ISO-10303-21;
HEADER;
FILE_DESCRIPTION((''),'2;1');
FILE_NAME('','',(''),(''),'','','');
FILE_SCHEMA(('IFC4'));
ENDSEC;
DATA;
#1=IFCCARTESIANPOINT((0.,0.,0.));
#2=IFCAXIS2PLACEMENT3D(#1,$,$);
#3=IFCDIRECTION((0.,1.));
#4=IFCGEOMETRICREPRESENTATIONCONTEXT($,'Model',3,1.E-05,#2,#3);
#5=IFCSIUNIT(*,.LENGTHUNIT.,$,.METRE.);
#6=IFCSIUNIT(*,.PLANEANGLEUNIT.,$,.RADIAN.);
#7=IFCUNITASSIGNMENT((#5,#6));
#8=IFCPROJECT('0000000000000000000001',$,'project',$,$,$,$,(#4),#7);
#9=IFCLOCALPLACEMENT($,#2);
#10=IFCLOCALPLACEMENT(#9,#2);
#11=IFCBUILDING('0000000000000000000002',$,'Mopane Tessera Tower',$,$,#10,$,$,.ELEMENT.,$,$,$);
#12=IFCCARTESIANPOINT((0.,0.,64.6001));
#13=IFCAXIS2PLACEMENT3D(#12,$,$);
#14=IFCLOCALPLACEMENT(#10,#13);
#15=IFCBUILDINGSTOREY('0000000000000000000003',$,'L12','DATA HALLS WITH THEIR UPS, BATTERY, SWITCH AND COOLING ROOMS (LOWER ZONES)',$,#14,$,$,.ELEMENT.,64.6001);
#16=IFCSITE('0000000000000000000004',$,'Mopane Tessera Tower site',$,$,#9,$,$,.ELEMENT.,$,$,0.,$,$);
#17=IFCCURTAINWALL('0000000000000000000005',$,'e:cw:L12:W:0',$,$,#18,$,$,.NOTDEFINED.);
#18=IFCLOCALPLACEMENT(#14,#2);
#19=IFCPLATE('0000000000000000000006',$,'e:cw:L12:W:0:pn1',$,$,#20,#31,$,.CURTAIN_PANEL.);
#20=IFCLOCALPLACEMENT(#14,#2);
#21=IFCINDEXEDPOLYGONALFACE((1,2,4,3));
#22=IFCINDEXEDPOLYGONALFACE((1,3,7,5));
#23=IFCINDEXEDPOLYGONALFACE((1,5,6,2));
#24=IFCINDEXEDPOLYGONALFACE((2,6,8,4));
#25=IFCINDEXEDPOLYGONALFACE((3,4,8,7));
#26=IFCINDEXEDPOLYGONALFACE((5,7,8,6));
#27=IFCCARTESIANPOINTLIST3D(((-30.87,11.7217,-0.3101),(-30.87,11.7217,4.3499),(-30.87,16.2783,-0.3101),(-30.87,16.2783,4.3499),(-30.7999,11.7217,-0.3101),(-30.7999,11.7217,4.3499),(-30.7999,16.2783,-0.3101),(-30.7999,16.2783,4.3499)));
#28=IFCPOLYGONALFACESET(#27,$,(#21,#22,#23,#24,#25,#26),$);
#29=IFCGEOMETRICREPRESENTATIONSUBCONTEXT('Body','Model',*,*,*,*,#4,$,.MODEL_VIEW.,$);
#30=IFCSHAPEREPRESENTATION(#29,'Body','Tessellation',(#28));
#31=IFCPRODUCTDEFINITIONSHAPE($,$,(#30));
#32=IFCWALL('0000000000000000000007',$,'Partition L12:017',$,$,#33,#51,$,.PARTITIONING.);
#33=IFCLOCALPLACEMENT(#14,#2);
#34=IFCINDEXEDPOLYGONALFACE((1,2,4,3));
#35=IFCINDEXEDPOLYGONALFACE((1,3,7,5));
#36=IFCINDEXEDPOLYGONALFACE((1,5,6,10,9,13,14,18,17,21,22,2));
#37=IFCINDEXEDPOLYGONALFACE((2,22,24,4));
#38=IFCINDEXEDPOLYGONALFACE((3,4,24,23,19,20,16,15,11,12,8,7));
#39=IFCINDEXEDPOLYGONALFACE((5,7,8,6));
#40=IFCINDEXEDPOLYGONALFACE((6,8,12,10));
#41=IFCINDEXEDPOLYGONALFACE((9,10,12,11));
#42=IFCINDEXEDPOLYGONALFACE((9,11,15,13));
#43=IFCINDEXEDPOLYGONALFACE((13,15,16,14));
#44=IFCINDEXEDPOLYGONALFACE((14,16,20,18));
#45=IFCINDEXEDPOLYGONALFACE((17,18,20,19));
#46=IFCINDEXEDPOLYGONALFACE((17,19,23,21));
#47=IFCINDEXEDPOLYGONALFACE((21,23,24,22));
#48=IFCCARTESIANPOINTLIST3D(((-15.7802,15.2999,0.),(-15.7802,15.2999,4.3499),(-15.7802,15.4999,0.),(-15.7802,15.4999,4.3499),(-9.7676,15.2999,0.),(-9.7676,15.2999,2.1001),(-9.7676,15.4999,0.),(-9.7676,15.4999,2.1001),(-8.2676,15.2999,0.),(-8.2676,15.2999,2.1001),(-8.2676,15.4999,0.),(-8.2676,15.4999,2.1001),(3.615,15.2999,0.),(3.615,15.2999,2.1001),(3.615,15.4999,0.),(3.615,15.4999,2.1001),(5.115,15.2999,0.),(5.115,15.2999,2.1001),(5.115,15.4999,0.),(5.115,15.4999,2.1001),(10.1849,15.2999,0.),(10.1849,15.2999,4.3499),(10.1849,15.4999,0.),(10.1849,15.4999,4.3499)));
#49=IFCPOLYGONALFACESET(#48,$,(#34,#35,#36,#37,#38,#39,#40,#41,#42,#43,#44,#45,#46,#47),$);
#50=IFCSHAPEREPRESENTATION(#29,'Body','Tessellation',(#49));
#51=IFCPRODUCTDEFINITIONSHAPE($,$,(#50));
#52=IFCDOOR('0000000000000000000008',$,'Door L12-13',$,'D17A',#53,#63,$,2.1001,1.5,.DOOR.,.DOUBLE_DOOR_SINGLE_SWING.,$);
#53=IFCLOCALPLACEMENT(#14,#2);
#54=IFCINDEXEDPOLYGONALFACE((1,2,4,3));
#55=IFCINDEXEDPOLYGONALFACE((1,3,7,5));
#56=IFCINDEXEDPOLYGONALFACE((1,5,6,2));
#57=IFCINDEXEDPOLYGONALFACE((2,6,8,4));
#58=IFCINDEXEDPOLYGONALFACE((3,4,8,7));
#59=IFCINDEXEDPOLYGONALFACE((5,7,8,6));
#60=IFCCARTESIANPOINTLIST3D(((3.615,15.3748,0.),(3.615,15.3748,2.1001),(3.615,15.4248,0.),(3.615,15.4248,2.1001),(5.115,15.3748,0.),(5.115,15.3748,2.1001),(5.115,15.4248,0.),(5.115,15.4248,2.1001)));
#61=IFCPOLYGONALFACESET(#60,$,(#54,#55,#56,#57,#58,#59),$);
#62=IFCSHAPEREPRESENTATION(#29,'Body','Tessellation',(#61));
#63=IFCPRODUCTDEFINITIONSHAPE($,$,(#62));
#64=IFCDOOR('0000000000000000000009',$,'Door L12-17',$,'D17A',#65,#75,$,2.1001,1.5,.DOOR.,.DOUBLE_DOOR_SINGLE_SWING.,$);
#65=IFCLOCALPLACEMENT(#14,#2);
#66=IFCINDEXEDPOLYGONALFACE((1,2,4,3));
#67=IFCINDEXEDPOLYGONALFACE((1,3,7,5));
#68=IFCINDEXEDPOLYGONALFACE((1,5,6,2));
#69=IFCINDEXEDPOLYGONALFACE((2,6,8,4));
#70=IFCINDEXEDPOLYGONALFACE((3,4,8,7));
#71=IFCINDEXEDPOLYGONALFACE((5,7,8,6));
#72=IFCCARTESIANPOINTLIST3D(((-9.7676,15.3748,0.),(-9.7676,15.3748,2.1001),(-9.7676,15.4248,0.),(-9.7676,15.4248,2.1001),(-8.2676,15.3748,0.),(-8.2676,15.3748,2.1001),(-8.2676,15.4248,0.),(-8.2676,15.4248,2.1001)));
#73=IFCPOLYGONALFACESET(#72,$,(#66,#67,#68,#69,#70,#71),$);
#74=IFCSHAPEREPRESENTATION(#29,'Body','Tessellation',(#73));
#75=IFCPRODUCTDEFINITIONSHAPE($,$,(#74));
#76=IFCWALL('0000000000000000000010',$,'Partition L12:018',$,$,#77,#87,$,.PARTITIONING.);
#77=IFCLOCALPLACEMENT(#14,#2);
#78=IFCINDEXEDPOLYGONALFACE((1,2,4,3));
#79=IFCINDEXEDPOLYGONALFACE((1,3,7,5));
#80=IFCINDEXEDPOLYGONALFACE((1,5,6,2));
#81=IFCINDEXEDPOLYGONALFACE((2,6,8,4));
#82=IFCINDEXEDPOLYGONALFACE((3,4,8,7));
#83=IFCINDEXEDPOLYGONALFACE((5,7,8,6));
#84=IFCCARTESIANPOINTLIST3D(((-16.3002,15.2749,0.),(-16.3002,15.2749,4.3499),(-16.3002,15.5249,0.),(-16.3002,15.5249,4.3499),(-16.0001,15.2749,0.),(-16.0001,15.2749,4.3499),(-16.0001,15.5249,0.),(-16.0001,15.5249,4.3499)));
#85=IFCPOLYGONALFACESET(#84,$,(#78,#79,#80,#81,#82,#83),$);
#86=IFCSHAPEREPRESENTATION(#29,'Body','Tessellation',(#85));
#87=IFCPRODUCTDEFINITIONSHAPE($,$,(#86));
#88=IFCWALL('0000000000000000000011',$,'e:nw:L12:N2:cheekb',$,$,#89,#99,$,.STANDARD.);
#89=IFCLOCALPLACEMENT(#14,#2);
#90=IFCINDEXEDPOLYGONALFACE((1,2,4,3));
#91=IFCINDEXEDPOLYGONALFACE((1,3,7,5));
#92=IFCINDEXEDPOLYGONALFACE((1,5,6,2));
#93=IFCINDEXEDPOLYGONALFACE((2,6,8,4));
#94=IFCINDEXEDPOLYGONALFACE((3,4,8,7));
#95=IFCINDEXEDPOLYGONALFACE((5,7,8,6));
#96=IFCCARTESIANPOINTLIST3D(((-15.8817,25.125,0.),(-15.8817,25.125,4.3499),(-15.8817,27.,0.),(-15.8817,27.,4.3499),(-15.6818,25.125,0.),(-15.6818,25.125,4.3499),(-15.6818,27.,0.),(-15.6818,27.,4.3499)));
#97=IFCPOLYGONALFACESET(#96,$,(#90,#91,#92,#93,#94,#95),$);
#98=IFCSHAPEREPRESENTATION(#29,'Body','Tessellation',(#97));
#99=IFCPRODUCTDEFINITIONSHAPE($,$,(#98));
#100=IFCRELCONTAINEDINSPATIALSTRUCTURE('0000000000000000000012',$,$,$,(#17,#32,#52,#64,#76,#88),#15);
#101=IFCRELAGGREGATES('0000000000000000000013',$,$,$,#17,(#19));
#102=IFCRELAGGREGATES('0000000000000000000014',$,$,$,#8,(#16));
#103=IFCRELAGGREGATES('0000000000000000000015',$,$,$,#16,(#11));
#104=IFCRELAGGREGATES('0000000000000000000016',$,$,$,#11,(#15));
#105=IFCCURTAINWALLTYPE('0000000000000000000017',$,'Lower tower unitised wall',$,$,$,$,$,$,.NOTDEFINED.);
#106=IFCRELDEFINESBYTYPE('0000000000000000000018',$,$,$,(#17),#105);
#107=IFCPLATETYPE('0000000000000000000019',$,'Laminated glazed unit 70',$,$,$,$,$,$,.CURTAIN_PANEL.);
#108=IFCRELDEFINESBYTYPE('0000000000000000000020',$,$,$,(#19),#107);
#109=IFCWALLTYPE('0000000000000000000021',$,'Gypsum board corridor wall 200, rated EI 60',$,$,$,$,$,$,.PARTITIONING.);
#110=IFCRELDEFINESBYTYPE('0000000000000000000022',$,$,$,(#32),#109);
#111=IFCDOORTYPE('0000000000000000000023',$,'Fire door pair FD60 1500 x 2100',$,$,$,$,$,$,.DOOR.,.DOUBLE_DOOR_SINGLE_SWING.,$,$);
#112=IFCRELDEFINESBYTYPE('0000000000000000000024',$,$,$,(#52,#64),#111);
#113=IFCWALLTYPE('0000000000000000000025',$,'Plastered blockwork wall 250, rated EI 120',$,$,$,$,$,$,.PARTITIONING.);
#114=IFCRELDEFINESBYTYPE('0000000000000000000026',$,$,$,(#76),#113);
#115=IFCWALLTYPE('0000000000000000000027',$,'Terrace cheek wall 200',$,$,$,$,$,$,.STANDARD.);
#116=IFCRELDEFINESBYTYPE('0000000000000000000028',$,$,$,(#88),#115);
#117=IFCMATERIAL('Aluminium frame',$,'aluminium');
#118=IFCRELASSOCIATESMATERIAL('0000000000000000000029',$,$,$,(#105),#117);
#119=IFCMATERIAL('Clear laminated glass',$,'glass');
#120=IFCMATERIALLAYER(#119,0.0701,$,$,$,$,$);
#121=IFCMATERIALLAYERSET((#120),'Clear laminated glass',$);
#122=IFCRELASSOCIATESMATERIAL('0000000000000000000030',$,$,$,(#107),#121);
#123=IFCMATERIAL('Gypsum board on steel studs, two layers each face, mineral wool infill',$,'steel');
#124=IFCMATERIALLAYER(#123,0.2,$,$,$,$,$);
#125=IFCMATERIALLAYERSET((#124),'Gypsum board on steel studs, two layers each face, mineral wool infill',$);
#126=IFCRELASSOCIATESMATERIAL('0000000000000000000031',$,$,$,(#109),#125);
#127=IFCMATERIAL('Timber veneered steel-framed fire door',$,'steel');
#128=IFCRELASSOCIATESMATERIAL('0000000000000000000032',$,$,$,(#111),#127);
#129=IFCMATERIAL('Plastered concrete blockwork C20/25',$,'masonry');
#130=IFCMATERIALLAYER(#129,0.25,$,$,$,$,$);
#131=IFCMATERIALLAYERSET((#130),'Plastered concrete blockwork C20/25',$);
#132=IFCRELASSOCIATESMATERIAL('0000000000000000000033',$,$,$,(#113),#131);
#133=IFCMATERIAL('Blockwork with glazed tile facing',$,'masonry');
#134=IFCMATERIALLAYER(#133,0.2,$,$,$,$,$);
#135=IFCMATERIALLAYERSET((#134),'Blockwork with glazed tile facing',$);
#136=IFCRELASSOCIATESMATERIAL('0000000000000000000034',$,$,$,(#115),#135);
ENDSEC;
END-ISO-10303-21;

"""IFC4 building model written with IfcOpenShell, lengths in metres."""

from ifc_helpers import new_model, si_unit, direction, frame, frame_2d, origin, origin_2d, place, context, subcontext, project, spatial, rectangle, extrude, material, layer, layer_set, type_object, element, fill, aggregate, save


model = new_model("IFC4")

# Units and contexts
model_context = context("Model", 3, precision=1e-05, world=origin(), true_north=direction((0.0, 1.0)))
body_context = subcontext(model_context, "Body", "Model", "MODEL_VIEW")
ifc_project = project(units=[si_unit("LENGTHUNIT", "METRE"), si_unit("PLANEANGLEUNIT", "RADIAN")], contexts=[model_context])

# Site, building, storey
site_placement = place(None, origin())
site = spatial("IfcSite", under=ifc_project, at=site_placement, Name="Mopane Tessera Tower site", CompositionType="ELEMENT", RefElevation=0.0)
building_placement = place(site_placement, origin())
building = spatial("IfcBuilding", under=site, at=building_placement, Name="Mopane Tessera Tower", CompositionType="ELEMENT")
storey_placement = place(building_placement, frame((0.0, 0.0, 64.6001)))
storey = spatial("IfcBuildingStorey", under=building, at=storey_placement, Name="L12", Description="DATA HALLS WITH THEIR UPS, BATTERY, SWITCH AND COOLING ROOMS (LOWER ZONES)", CompositionType="ELEMENT", Elevation=64.6001)

# Curtain wall
ifc_material_1 = material(Name="Aluminium frame", Category="aluminium")
curtain_wall_type = type_object("IfcCurtainWallType", Name="Lower tower unitised wall", PredefinedType="NOTDEFINED", material=ifc_material_1)
curtain_wall_1_placement = place(storey_placement, origin())
curtain_wall_1 = element("IfcCurtainWall", 1, at=curtain_wall_1_placement, inside=storey, type_object=curtain_wall_type, Name="e:cw:L12:W:0", PredefinedType="NOTDEFINED")

# Plate
ifc_material_2 = material(Name="Clear laminated glass", Category="glass")
ifc_layer_1 = layer(ifc_material_2, 0.0701)
ifc_layer_set_1 = layer_set([ifc_layer_1], Name="Clear laminated glass")
plate_type = type_object("IfcPlateType", Name="Laminated glazed unit 70", PredefinedType="CURTAIN_PANEL", material=ifc_layer_set_1)
plate_1_placement = place(storey_placement, frame((-30.835, 14.0, -0.3101), z_axis=(0.0, 0.0, 1.0), x_axis=(0.0, -1.0, 0.0)))
plate_1 = element("IfcPlate", 2, at=plate_1_placement, type_object=plate_type, Name="e:cw:L12:W:0:pn1", PredefinedType="CURTAIN_PANEL", context=body_context, shape_type="SweptSolid", body=[
    extrude(rectangle(XDim=4.5566, YDim=0.0701, at=origin_2d()), origin(), (0.0, 0.0, 1.0), 4.6599),
])
aggregate(curtain_wall_1, [plate_1])

# Wall, openings, doors
ifc_material_3 = material(Name="Gypsum board on steel studs, two layers each face, mineral wool infill", Category="steel")
ifc_layer_2 = layer(ifc_material_3, 0.2)
ifc_layer_set_2 = layer_set([ifc_layer_2], Name="Gypsum board on steel studs, two layers each face, mineral wool infill")
wall_type_1 = type_object("IfcWallType", Name="Gypsum board corridor wall 200, rated EI 60", PredefinedType="PARTITIONING", material=ifc_layer_set_2)
wall_1_placement = place(storey_placement, frame((-15.78, 15.3999, 0.0), z_axis=(0.0, 0.0, 1.0), x_axis=(1.0, 0.0, 0.0)))
wall_1 = element("IfcWall", 3, at=wall_1_placement, inside=storey, type_object=wall_type_1, Name="Partition L12:017", PredefinedType="PARTITIONING", context=body_context, shape_type="SweptSolid", body=[
    extrude(rectangle(XDim=25.9651, YDim=0.2, at=frame_2d((12.9824, 0.0))), origin(), (0.0, 0.0, 1.0), 4.3499),
])
opening_1_placement = place(wall_1_placement, frame((19.395, 0.0, 0.0)))
opening_1 = element("IfcOpeningElement", 4, at=opening_1_placement, cuts=wall_1, PredefinedType="OPENING", context=body_context, shape_type="SweptSolid", body=[
    extrude(rectangle(XDim=1.5, YDim=2.1001, at=frame_2d((0.75, 1.05))), frame((0.0, 0.1121, 0.0), z_axis=(0.0, -1.0, 0.0), x_axis=(1.0, 0.0, 0.0)), (0.0, 0.0, 1.0), 0.2239),
])
opening_2_placement = place(wall_1_placement, frame((6.0125, 0.0, 0.0)))
opening_2 = element("IfcOpeningElement", 5, at=opening_2_placement, cuts=wall_1, PredefinedType="OPENING", context=body_context, shape_type="SweptSolid", body=[
    extrude(rectangle(XDim=1.5, YDim=2.1001, at=frame_2d((0.75, 1.05))), frame((0.0, 0.1121, 0.0), z_axis=(0.0, -1.0, 0.0), x_axis=(1.0, 0.0, 0.0)), (0.0, 0.0, 1.0), 0.2239),
])
ifc_material_4 = material(Name="Timber veneered steel-framed fire door", Category="steel")
door_type = type_object("IfcDoorType", Name="Fire door pair FD60 1500 x 2100", OperationType="DOUBLE_DOOR_SINGLE_SWING", PredefinedType="DOOR", material=ifc_material_4)
door_1_placement = place(opening_1_placement, origin())
door_1 = element("IfcDoor", 6, at=door_1_placement, inside=storey, type_object=door_type, Name="Door L12-13", ObjectType="D17A", OperationType="DOUBLE_DOOR_SINGLE_SWING", OverallHeight=2.1001, OverallWidth=1.5, PredefinedType="DOOR", context=body_context, shape_type="SweptSolid", body=[
    extrude(rectangle(XDim=1.5, YDim=2.1001, at=frame_2d((0.75, 1.05))), frame((0.0, 0.0249, 0.0), z_axis=(0.0, -1.0, 0.0), x_axis=(1.0, 0.0, 0.0)), (0.0, 0.0, 1.0), 0.05),
])
fill(opening_1, door_1)
door_2_placement = place(opening_2_placement, origin())
door_2 = element("IfcDoor", 7, at=door_2_placement, inside=storey, type_object=door_type, Name="Door L12-17", ObjectType="D17A", OperationType="DOUBLE_DOOR_SINGLE_SWING", OverallHeight=2.1001, OverallWidth=1.5, PredefinedType="DOOR", context=body_context, shape_type="SweptSolid", body=[
    extrude(rectangle(XDim=1.5, YDim=2.1001, at=frame_2d((0.75, 1.05))), frame((0.0, 0.0249, 0.0), z_axis=(0.0, -1.0, 0.0), x_axis=(1.0, 0.0, 0.0)), (0.0, 0.0, 1.0), 0.05),
])
fill(opening_2, door_2)

# Walls
ifc_material_5 = material(Name="Plastered concrete blockwork C20/25", Category="masonry")
ifc_layer_3 = layer(ifc_material_5, 0.25)
ifc_layer_set_3 = layer_set([ifc_layer_3], Name="Plastered concrete blockwork C20/25")
wall_type_2 = type_object("IfcWallType", Name="Plastered blockwork wall 250, rated EI 120", PredefinedType="PARTITIONING", material=ifc_layer_set_3)
wall_2_placement = place(storey_placement, frame((-16.3, 15.3999, 0.0), z_axis=(0.0, 0.0, 1.0), x_axis=(1.0, 0.0, 0.0)))
element("IfcWall", 8, at=wall_2_placement, inside=storey, type_object=wall_type_2, Name="Partition L12:018", PredefinedType="PARTITIONING", context=body_context, shape_type="SweptSolid", body=[
    extrude(rectangle(XDim=0.3, YDim=0.25, at=frame_2d((0.1499, 0.0))), origin(), (0.0, 0.0, 1.0), 4.3499),
])
ifc_material_6 = material(Name="Blockwork with glazed tile facing", Category="masonry")
ifc_layer_4 = layer(ifc_material_6, 0.2)
ifc_layer_set_4 = layer_set([ifc_layer_4], Name="Blockwork with glazed tile facing")
wall_type_3 = type_object("IfcWallType", Name="Terrace cheek wall 200", PredefinedType="STANDARD", material=ifc_layer_set_4)
wall_3_placement = place(storey_placement, frame((-15.7817, 27.0, 0.0), z_axis=(0.0, 0.0, 1.0), x_axis=(0.0, -1.0, 0.0)))
element("IfcWall", 9, at=wall_3_placement, inside=storey, type_object=wall_type_3, Name="e:nw:L12:N2:cheekb", PredefinedType="STANDARD", context=body_context, shape_type="SweptSolid", body=[
    extrude(rectangle(XDim=1.875, YDim=0.2, at=frame_2d((0.9375, 0.0))), origin(), (0.0, 0.0, 1.0), 4.3499),
])

save(model, "model.ifc")
